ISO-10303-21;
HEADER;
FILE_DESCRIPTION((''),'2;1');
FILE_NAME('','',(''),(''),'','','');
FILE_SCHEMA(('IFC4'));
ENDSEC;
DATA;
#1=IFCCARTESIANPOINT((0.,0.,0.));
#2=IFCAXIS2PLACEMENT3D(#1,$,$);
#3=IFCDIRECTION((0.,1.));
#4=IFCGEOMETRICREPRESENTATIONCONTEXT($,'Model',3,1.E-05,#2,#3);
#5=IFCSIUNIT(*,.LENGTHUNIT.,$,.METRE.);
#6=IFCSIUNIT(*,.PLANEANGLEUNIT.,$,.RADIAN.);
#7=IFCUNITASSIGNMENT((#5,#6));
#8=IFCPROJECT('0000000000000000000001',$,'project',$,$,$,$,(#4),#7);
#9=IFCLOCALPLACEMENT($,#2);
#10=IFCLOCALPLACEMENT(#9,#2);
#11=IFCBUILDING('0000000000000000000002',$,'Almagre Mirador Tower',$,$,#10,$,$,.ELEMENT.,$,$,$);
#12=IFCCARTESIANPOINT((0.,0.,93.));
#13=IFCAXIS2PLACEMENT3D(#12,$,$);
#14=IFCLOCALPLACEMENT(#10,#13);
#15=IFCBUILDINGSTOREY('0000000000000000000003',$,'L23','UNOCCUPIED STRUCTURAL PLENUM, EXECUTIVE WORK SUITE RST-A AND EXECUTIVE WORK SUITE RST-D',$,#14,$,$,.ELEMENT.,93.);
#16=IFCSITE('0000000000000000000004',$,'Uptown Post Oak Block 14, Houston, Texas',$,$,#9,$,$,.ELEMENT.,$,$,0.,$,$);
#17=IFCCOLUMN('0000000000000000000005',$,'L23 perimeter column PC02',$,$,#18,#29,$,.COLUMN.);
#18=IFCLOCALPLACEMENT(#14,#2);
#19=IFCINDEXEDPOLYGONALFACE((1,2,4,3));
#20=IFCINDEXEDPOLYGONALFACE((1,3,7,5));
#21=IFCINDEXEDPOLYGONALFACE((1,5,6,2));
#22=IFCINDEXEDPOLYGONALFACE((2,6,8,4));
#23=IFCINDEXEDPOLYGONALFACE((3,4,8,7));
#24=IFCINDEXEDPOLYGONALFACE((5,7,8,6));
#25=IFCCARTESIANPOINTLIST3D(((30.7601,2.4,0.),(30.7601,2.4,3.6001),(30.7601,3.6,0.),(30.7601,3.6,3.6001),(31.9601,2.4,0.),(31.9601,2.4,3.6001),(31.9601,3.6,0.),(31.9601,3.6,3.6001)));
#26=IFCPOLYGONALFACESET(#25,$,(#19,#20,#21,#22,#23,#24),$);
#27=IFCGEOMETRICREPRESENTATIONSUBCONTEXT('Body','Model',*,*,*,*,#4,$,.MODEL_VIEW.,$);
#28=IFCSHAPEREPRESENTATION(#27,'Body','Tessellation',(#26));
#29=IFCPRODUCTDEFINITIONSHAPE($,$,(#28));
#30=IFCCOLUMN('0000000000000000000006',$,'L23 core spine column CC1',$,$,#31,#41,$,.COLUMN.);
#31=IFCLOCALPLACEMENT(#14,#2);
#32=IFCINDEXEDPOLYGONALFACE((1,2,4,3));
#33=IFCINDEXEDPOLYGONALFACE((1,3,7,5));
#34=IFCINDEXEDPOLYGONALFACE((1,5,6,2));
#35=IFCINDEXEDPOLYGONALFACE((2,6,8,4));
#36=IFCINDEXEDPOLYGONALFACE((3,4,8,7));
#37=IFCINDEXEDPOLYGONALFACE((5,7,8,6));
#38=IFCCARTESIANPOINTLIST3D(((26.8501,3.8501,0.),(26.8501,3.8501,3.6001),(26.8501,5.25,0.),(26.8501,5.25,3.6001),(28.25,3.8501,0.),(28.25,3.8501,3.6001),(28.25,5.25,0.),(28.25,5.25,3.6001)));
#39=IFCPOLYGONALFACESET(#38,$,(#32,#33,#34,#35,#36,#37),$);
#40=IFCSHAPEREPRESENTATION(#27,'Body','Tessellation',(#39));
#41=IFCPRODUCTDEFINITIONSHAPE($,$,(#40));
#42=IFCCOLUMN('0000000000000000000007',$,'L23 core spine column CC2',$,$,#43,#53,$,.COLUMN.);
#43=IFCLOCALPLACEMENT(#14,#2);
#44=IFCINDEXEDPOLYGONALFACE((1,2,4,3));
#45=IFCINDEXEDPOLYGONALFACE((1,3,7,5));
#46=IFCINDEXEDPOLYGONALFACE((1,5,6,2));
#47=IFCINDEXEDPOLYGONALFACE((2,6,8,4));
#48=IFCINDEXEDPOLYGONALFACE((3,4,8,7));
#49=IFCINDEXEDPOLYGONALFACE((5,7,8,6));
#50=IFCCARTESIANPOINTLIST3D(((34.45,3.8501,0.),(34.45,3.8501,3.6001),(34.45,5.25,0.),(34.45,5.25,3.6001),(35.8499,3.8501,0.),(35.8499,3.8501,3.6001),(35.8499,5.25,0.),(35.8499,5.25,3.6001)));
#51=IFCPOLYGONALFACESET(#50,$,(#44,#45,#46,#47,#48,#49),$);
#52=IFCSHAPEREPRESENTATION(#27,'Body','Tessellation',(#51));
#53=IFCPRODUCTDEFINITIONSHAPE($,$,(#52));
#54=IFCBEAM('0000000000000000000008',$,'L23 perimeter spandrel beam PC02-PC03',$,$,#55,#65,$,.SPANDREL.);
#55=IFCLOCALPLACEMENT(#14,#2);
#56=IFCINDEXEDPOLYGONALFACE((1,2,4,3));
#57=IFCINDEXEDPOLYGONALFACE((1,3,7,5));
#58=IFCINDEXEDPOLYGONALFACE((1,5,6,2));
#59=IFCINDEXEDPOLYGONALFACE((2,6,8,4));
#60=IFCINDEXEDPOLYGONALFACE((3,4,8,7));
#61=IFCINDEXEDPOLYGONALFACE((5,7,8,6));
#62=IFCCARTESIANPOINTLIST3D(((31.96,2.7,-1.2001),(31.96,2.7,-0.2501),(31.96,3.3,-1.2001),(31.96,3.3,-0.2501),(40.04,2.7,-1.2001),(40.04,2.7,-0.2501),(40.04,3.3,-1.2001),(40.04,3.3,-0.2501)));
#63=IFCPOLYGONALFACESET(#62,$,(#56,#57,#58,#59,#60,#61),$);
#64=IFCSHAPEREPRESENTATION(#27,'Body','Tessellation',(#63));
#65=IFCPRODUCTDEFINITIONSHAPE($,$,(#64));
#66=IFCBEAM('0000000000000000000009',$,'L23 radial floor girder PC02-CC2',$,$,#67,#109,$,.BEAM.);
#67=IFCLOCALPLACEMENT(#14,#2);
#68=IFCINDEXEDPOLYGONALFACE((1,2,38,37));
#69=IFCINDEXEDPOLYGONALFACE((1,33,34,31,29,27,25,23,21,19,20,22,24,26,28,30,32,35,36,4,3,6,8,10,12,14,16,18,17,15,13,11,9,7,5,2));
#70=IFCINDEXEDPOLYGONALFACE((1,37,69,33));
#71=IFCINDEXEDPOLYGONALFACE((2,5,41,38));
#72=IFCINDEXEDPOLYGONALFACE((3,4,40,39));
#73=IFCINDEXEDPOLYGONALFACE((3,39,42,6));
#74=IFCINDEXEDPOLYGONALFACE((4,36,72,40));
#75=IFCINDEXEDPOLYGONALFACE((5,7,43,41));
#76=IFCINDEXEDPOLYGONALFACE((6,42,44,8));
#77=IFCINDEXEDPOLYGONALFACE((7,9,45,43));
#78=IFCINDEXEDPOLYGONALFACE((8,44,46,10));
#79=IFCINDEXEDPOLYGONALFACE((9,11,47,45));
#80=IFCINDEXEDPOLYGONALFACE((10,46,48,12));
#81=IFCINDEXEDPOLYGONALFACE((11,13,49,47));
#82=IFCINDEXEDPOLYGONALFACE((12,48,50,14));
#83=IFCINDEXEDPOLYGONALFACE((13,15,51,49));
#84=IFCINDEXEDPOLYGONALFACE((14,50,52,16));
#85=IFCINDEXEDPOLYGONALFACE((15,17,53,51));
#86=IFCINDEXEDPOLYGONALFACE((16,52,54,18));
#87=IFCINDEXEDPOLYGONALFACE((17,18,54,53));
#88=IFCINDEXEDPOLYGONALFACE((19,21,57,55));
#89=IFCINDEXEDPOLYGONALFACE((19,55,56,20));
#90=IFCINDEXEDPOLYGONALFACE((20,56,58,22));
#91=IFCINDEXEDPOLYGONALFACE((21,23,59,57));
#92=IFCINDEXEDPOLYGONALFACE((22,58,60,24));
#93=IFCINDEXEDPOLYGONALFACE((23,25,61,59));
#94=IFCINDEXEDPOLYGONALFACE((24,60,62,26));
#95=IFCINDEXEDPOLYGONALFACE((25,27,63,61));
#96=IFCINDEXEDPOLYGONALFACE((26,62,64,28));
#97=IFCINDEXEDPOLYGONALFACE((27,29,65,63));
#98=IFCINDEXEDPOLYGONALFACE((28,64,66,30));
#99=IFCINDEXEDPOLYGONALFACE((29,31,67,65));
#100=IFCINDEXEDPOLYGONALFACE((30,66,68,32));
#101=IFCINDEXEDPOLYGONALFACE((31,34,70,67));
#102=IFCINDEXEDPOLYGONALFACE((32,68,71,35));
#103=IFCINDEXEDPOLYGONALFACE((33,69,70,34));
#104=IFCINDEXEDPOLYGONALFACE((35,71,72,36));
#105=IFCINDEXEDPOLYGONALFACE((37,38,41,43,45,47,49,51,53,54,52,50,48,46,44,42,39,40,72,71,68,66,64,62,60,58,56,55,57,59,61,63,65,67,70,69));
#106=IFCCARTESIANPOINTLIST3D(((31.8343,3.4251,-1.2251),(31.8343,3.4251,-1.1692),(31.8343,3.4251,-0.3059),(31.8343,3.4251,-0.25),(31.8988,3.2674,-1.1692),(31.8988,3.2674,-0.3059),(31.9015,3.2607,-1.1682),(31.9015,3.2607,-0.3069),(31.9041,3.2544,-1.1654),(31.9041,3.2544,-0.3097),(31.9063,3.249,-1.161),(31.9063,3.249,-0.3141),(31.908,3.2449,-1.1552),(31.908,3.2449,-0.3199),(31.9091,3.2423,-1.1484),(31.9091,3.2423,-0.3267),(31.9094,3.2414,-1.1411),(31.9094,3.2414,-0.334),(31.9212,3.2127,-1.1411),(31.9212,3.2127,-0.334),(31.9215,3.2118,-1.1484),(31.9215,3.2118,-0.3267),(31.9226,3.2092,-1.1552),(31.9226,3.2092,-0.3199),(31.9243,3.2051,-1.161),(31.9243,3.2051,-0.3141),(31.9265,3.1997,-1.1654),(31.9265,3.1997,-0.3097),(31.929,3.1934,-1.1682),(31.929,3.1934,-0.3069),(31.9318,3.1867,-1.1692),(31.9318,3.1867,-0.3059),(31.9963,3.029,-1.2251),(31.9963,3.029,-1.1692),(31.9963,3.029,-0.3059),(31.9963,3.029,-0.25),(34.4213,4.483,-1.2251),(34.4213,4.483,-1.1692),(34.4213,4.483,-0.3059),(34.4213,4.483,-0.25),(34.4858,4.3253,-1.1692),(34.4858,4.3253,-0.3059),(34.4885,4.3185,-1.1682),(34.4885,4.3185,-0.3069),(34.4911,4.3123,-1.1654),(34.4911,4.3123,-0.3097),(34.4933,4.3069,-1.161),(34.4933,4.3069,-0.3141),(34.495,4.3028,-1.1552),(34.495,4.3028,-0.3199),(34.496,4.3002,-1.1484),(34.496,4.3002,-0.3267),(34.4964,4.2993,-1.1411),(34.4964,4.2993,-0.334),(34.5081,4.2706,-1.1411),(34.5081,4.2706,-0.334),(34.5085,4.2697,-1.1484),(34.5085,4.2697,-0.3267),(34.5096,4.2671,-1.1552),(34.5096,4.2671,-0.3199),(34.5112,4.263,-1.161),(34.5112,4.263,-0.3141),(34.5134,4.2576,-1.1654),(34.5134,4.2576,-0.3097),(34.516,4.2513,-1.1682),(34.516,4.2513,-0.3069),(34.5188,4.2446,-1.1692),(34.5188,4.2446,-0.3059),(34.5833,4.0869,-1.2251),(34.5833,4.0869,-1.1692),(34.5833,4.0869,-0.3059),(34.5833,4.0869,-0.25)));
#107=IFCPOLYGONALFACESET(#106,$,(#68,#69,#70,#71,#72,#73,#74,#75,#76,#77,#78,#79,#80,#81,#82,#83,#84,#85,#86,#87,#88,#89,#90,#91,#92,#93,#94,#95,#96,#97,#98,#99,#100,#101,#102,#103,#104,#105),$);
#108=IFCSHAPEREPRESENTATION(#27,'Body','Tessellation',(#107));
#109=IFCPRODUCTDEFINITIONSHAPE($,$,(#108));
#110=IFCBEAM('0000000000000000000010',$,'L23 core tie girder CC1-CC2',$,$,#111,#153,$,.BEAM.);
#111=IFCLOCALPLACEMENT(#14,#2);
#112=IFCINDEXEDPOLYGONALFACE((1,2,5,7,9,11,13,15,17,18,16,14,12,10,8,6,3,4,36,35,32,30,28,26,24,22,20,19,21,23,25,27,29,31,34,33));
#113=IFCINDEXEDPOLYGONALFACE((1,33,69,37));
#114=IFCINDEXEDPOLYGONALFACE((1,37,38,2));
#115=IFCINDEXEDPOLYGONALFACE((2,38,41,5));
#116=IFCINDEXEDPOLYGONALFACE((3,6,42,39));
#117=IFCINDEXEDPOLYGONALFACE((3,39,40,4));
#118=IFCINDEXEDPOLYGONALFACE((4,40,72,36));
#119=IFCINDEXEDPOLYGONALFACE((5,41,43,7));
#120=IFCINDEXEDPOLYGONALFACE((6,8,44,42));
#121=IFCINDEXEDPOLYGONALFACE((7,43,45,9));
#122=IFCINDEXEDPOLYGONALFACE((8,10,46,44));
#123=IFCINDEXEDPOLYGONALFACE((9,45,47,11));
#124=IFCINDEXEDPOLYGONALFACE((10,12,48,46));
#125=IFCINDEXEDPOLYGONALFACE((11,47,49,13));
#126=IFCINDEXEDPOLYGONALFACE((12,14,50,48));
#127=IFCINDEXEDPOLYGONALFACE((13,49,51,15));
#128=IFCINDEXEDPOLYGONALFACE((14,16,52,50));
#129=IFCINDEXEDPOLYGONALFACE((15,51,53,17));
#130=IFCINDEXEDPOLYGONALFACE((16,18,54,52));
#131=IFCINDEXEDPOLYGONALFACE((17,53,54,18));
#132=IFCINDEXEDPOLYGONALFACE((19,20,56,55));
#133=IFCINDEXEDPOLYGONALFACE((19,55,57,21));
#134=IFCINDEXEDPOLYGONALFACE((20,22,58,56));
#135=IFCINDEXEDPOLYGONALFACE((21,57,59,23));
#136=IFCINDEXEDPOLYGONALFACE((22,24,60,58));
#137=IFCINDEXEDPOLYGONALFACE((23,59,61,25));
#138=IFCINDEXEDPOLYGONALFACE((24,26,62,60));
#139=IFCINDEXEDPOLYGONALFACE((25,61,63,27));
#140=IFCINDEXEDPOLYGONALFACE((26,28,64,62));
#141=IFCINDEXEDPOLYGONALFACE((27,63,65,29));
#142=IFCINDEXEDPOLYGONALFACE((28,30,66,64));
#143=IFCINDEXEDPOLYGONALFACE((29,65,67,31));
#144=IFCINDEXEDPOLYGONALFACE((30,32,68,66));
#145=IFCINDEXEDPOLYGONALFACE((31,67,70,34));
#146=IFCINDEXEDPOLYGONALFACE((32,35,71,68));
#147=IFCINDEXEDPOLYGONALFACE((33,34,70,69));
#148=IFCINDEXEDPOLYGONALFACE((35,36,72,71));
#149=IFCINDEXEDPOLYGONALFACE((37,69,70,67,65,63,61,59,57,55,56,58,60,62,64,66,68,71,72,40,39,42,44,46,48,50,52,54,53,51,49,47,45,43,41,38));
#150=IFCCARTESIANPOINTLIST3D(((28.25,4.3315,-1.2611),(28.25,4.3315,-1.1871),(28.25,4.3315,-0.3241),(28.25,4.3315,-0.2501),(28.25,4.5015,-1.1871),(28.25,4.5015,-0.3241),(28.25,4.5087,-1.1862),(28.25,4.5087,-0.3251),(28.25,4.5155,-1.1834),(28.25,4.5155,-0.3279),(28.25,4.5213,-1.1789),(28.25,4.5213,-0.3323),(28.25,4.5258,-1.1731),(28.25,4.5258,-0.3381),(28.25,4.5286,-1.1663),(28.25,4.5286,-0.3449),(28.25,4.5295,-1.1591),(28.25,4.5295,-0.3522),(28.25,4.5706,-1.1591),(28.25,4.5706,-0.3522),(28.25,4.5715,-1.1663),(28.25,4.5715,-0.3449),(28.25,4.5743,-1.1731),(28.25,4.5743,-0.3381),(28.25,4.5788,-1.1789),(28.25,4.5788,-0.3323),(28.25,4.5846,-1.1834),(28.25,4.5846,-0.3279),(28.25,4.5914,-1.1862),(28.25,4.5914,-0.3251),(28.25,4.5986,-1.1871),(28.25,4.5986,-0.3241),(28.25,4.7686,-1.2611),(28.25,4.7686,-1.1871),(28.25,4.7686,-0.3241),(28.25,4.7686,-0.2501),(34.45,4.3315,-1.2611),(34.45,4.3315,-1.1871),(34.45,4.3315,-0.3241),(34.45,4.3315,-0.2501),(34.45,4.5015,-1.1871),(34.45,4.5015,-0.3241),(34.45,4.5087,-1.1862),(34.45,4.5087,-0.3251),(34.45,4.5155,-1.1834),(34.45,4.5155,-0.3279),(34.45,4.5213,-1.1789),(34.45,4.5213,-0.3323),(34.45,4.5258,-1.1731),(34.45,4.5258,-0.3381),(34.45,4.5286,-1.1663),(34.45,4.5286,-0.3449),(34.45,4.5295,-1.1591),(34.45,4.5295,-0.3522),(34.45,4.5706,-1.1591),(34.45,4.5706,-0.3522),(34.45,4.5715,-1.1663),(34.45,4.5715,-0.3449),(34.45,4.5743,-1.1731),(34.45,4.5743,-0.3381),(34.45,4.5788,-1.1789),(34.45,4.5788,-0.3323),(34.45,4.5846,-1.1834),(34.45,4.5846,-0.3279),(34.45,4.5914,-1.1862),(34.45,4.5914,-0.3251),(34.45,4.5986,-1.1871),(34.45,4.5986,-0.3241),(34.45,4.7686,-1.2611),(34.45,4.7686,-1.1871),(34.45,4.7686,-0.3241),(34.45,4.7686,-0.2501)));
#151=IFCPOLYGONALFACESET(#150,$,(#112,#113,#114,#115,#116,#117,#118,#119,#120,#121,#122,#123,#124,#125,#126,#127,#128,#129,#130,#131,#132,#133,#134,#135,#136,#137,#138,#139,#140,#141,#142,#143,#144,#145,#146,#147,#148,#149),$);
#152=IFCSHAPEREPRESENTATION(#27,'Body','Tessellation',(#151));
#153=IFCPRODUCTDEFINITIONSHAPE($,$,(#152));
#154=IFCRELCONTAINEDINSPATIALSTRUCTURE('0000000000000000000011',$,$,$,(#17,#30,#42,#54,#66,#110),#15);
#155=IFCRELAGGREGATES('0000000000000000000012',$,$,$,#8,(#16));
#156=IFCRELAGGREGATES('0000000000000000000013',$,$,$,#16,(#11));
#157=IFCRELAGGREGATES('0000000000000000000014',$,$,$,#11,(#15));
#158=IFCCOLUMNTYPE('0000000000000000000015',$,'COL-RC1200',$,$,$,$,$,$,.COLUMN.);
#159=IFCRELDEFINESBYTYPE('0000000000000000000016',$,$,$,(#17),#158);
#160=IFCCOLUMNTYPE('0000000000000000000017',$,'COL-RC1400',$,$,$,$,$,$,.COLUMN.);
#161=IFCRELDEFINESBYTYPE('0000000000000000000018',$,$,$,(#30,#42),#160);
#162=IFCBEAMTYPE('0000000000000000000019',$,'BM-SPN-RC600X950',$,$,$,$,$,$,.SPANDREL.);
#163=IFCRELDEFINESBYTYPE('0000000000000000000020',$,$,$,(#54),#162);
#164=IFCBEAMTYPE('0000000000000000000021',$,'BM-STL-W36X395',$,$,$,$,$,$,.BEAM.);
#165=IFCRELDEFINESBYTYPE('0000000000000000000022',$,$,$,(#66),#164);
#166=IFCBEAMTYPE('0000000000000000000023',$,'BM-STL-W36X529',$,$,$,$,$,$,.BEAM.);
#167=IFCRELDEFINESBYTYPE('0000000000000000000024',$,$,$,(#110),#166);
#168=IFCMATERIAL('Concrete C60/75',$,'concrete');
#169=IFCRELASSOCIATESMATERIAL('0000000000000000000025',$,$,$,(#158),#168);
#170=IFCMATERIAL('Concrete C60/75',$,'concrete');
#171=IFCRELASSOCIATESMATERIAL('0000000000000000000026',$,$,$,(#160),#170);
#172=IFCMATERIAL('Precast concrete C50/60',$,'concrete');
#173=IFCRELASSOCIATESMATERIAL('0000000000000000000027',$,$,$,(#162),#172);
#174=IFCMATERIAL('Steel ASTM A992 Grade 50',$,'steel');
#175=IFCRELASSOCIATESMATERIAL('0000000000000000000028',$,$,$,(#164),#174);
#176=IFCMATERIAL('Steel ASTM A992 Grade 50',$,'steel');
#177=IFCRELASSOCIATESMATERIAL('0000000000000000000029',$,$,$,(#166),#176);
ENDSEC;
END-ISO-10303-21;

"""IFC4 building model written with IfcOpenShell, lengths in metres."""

from ifc_helpers import new_model, si_unit, direction, frame, origin, origin_2d, place, context, subcontext, project, spatial, rectangle, i_section, extrude, material, material_profile, profile_set, type_object, element, save


model = new_model("IFC4")

# Units and contexts
model_context = context("Model", 3, precision=1e-05, world=origin(), true_north=direction((0.0, 1.0)))
body_context = subcontext(model_context, "Body", "Model", "MODEL_VIEW")
ifc_project = project(units=[si_unit("LENGTHUNIT", "METRE"), si_unit("PLANEANGLEUNIT", "RADIAN")], contexts=[model_context])

# Site, building, storey
site_placement = place(None, origin())
site = spatial("IfcSite", under=ifc_project, at=site_placement, Name="Uptown Post Oak Block 14, Houston, Texas", CompositionType="ELEMENT", RefElevation=0.0)
building_placement = place(site_placement, origin())
building = spatial("IfcBuilding", under=site, at=building_placement, Name="Almagre Mirador Tower", CompositionType="ELEMENT")
storey_placement = place(building_placement, frame((0.0, 0.0, 93.0)))
storey = spatial("IfcBuildingStorey", under=building, at=storey_placement, Name="L23", Description="UNOCCUPIED STRUCTURAL PLENUM, EXECUTIVE WORK SUITE RST-A AND EXECUTIVE WORK SUITE RST-D", CompositionType="ELEMENT", Elevation=93.0)

# Columns
ifc_material_1 = material(Name="Concrete C60/75", Category="concrete")
ifc_material_profile_1 = material_profile(ifc_material_1, rectangle(XDim=1.2, YDim=1.2, at=origin_2d()), Name="RC1200X1200")
ifc_profile_set_1 = profile_set([ifc_material_profile_1], Name="Concrete C60/75")
column_type_1 = type_object("IfcColumnType", Name="COL-RC1200", PredefinedType="COLUMN", material=ifc_profile_set_1)
column_placement = place(storey_placement, frame((31.3601, 3.0, 0.0), z_axis=(0.0, 0.0, 1.0), x_axis=(1.0, 0.0, 0.0)))
element("IfcColumn", 1, at=column_placement, inside=storey, type_object=column_type_1, Name="L23 perimeter column PC02", PredefinedType="COLUMN", context=body_context, shape_type="SweptSolid", body=[
    extrude(rectangle(XDim=1.2, YDim=1.2, at=origin_2d()), origin(), (0.0, 0.0, 1.0), 3.6001),
])
ifc_material_2 = material(Name="Concrete C60/75", Category="concrete")
ifc_material_profile_2 = material_profile(ifc_material_2, rectangle(XDim=1.3999, YDim=1.3999, at=origin_2d()), Name="RC1400X1400")
ifc_profile_set_2 = profile_set([ifc_material_profile_2], Name="Concrete C60/75")
column_type_2 = type_object("IfcColumnType", Name="COL-RC1400", PredefinedType="COLUMN", material=ifc_profile_set_2)
for number, where, z_axis, x_axis, name in (
    (2, (27.55, 4.55, 0.0), (0.0, 0.0, 1.0), (1.0, 0.0, 0.0), "L23 core spine column CC1"),
    (3, (35.1499, 4.55, 0.0), (0.0, 0.0, 1.0), (1.0, 0.0, 0.0), "L23 core spine column CC2"),
):
    element("IfcColumn", number, at=place(storey_placement, frame(where, z_axis=z_axis, x_axis=x_axis)), inside=storey, type_object=column_type_2, Name=name, PredefinedType="COLUMN", context=body_context, shape_type="SweptSolid", body=[
        extrude(rectangle(XDim=1.3999, YDim=1.3999, at=origin_2d()), origin(), (0.0, 0.0, 1.0), 3.6001),
    ])

# Beams
ifc_material_3 = material(Name="Precast concrete C50/60", Category="concrete")
ifc_material_profile_3 = material_profile(ifc_material_3, rectangle(XDim=0.6001, YDim=0.95, at=origin_2d()), Name="RC600X950")
ifc_profile_set_3 = profile_set([ifc_material_profile_3], Name="Precast concrete C50/60")
beam_type_1 = type_object("IfcBeamType", Name="BM-SPN-RC600X950", PredefinedType="SPANDREL", material=ifc_profile_set_3)
beam_1_placement = place(storey_placement, frame((31.96, 3.0, -0.7251), z_axis=(1.0, 0.0, 0.0), x_axis=(0.0, 1.0, 0.0)))
element("IfcBeam", 4, at=beam_1_placement, inside=storey, type_object=beam_type_1, Name="L23 perimeter spandrel beam PC02-PC03", PredefinedType="SPANDREL", context=body_context, shape_type="SweptSolid", body=[
    extrude(rectangle(XDim=0.6001, YDim=0.95, at=origin_2d()), origin(), (0.0, 0.0, 1.0), 8.0801),
])
ifc_material_4 = material(Name="Steel ASTM A992 Grade 50", Category="steel")
ifc_material_profile_4 = material_profile(ifc_material_4, i_section(OverallWidth=0.428, OverallDepth=0.9751, WebThickness=0.031, FlangeThickness=0.0559, FilletRadius=0.0281, at=origin_2d()), Name="W36X395")
ifc_profile_set_4 = profile_set([ifc_material_profile_4], Name="Steel ASTM A992 Grade 50")
beam_type_2 = type_object("IfcBeamType", Name="BM-STL-W36X395", PredefinedType="BEAM", material=ifc_profile_set_4)
beam_2_placement = place(storey_placement, frame((31.9153, 3.2271, -0.7375), z_axis=(0.9256, 0.378504, 0.0), x_axis=(-0.378504, 0.9256, 0.0)))
element("IfcBeam", 5, at=beam_2_placement, inside=storey, type_object=beam_type_2, Name="L23 radial floor girder PC02-CC2", PredefinedType="BEAM", context=body_context, shape_type="SweptSolid", body=[
    extrude(i_section(OverallWidth=0.428, OverallDepth=0.9751, WebThickness=0.031, FlangeThickness=0.0559, FilletRadius=0.0281, at=origin_2d()), origin(), (0.0, 0.0, 1.0), 2.7949),
])
ifc_material_5 = material(Name="Steel ASTM A992 Grade 50", Category="steel")
ifc_material_profile_5 = material_profile(ifc_material_5, i_section(OverallWidth=0.437, OverallDepth=1.011, WebThickness=0.041, FlangeThickness=0.074, FilletRadius=0.0281, at=origin_2d()), Name="W36X529")
ifc_profile_set_5 = profile_set([ifc_material_profile_5], Name="Steel ASTM A992 Grade 50")
beam_type_3 = type_object("IfcBeamType", Name="BM-STL-W36X529", PredefinedType="BEAM", material=ifc_profile_set_5)
beam_3_placement = place(storey_placement, frame((28.25, 4.55, -0.7556), z_axis=(1.0, 0.0, 0.0), x_axis=(0.0, 1.0, 0.0)))
element("IfcBeam", 6, at=beam_3_placement, inside=storey, type_object=beam_type_3, Name="L23 core tie girder CC1-CC2", PredefinedType="BEAM", context=body_context, shape_type="SweptSolid", body=[
    extrude(i_section(OverallWidth=0.437, OverallDepth=1.011, WebThickness=0.041, FlangeThickness=0.074, FilletRadius=0.0281, at=origin_2d()), origin(), (0.0, 0.0, 1.0), 6.2),
])

save(model, "model.ifc")
